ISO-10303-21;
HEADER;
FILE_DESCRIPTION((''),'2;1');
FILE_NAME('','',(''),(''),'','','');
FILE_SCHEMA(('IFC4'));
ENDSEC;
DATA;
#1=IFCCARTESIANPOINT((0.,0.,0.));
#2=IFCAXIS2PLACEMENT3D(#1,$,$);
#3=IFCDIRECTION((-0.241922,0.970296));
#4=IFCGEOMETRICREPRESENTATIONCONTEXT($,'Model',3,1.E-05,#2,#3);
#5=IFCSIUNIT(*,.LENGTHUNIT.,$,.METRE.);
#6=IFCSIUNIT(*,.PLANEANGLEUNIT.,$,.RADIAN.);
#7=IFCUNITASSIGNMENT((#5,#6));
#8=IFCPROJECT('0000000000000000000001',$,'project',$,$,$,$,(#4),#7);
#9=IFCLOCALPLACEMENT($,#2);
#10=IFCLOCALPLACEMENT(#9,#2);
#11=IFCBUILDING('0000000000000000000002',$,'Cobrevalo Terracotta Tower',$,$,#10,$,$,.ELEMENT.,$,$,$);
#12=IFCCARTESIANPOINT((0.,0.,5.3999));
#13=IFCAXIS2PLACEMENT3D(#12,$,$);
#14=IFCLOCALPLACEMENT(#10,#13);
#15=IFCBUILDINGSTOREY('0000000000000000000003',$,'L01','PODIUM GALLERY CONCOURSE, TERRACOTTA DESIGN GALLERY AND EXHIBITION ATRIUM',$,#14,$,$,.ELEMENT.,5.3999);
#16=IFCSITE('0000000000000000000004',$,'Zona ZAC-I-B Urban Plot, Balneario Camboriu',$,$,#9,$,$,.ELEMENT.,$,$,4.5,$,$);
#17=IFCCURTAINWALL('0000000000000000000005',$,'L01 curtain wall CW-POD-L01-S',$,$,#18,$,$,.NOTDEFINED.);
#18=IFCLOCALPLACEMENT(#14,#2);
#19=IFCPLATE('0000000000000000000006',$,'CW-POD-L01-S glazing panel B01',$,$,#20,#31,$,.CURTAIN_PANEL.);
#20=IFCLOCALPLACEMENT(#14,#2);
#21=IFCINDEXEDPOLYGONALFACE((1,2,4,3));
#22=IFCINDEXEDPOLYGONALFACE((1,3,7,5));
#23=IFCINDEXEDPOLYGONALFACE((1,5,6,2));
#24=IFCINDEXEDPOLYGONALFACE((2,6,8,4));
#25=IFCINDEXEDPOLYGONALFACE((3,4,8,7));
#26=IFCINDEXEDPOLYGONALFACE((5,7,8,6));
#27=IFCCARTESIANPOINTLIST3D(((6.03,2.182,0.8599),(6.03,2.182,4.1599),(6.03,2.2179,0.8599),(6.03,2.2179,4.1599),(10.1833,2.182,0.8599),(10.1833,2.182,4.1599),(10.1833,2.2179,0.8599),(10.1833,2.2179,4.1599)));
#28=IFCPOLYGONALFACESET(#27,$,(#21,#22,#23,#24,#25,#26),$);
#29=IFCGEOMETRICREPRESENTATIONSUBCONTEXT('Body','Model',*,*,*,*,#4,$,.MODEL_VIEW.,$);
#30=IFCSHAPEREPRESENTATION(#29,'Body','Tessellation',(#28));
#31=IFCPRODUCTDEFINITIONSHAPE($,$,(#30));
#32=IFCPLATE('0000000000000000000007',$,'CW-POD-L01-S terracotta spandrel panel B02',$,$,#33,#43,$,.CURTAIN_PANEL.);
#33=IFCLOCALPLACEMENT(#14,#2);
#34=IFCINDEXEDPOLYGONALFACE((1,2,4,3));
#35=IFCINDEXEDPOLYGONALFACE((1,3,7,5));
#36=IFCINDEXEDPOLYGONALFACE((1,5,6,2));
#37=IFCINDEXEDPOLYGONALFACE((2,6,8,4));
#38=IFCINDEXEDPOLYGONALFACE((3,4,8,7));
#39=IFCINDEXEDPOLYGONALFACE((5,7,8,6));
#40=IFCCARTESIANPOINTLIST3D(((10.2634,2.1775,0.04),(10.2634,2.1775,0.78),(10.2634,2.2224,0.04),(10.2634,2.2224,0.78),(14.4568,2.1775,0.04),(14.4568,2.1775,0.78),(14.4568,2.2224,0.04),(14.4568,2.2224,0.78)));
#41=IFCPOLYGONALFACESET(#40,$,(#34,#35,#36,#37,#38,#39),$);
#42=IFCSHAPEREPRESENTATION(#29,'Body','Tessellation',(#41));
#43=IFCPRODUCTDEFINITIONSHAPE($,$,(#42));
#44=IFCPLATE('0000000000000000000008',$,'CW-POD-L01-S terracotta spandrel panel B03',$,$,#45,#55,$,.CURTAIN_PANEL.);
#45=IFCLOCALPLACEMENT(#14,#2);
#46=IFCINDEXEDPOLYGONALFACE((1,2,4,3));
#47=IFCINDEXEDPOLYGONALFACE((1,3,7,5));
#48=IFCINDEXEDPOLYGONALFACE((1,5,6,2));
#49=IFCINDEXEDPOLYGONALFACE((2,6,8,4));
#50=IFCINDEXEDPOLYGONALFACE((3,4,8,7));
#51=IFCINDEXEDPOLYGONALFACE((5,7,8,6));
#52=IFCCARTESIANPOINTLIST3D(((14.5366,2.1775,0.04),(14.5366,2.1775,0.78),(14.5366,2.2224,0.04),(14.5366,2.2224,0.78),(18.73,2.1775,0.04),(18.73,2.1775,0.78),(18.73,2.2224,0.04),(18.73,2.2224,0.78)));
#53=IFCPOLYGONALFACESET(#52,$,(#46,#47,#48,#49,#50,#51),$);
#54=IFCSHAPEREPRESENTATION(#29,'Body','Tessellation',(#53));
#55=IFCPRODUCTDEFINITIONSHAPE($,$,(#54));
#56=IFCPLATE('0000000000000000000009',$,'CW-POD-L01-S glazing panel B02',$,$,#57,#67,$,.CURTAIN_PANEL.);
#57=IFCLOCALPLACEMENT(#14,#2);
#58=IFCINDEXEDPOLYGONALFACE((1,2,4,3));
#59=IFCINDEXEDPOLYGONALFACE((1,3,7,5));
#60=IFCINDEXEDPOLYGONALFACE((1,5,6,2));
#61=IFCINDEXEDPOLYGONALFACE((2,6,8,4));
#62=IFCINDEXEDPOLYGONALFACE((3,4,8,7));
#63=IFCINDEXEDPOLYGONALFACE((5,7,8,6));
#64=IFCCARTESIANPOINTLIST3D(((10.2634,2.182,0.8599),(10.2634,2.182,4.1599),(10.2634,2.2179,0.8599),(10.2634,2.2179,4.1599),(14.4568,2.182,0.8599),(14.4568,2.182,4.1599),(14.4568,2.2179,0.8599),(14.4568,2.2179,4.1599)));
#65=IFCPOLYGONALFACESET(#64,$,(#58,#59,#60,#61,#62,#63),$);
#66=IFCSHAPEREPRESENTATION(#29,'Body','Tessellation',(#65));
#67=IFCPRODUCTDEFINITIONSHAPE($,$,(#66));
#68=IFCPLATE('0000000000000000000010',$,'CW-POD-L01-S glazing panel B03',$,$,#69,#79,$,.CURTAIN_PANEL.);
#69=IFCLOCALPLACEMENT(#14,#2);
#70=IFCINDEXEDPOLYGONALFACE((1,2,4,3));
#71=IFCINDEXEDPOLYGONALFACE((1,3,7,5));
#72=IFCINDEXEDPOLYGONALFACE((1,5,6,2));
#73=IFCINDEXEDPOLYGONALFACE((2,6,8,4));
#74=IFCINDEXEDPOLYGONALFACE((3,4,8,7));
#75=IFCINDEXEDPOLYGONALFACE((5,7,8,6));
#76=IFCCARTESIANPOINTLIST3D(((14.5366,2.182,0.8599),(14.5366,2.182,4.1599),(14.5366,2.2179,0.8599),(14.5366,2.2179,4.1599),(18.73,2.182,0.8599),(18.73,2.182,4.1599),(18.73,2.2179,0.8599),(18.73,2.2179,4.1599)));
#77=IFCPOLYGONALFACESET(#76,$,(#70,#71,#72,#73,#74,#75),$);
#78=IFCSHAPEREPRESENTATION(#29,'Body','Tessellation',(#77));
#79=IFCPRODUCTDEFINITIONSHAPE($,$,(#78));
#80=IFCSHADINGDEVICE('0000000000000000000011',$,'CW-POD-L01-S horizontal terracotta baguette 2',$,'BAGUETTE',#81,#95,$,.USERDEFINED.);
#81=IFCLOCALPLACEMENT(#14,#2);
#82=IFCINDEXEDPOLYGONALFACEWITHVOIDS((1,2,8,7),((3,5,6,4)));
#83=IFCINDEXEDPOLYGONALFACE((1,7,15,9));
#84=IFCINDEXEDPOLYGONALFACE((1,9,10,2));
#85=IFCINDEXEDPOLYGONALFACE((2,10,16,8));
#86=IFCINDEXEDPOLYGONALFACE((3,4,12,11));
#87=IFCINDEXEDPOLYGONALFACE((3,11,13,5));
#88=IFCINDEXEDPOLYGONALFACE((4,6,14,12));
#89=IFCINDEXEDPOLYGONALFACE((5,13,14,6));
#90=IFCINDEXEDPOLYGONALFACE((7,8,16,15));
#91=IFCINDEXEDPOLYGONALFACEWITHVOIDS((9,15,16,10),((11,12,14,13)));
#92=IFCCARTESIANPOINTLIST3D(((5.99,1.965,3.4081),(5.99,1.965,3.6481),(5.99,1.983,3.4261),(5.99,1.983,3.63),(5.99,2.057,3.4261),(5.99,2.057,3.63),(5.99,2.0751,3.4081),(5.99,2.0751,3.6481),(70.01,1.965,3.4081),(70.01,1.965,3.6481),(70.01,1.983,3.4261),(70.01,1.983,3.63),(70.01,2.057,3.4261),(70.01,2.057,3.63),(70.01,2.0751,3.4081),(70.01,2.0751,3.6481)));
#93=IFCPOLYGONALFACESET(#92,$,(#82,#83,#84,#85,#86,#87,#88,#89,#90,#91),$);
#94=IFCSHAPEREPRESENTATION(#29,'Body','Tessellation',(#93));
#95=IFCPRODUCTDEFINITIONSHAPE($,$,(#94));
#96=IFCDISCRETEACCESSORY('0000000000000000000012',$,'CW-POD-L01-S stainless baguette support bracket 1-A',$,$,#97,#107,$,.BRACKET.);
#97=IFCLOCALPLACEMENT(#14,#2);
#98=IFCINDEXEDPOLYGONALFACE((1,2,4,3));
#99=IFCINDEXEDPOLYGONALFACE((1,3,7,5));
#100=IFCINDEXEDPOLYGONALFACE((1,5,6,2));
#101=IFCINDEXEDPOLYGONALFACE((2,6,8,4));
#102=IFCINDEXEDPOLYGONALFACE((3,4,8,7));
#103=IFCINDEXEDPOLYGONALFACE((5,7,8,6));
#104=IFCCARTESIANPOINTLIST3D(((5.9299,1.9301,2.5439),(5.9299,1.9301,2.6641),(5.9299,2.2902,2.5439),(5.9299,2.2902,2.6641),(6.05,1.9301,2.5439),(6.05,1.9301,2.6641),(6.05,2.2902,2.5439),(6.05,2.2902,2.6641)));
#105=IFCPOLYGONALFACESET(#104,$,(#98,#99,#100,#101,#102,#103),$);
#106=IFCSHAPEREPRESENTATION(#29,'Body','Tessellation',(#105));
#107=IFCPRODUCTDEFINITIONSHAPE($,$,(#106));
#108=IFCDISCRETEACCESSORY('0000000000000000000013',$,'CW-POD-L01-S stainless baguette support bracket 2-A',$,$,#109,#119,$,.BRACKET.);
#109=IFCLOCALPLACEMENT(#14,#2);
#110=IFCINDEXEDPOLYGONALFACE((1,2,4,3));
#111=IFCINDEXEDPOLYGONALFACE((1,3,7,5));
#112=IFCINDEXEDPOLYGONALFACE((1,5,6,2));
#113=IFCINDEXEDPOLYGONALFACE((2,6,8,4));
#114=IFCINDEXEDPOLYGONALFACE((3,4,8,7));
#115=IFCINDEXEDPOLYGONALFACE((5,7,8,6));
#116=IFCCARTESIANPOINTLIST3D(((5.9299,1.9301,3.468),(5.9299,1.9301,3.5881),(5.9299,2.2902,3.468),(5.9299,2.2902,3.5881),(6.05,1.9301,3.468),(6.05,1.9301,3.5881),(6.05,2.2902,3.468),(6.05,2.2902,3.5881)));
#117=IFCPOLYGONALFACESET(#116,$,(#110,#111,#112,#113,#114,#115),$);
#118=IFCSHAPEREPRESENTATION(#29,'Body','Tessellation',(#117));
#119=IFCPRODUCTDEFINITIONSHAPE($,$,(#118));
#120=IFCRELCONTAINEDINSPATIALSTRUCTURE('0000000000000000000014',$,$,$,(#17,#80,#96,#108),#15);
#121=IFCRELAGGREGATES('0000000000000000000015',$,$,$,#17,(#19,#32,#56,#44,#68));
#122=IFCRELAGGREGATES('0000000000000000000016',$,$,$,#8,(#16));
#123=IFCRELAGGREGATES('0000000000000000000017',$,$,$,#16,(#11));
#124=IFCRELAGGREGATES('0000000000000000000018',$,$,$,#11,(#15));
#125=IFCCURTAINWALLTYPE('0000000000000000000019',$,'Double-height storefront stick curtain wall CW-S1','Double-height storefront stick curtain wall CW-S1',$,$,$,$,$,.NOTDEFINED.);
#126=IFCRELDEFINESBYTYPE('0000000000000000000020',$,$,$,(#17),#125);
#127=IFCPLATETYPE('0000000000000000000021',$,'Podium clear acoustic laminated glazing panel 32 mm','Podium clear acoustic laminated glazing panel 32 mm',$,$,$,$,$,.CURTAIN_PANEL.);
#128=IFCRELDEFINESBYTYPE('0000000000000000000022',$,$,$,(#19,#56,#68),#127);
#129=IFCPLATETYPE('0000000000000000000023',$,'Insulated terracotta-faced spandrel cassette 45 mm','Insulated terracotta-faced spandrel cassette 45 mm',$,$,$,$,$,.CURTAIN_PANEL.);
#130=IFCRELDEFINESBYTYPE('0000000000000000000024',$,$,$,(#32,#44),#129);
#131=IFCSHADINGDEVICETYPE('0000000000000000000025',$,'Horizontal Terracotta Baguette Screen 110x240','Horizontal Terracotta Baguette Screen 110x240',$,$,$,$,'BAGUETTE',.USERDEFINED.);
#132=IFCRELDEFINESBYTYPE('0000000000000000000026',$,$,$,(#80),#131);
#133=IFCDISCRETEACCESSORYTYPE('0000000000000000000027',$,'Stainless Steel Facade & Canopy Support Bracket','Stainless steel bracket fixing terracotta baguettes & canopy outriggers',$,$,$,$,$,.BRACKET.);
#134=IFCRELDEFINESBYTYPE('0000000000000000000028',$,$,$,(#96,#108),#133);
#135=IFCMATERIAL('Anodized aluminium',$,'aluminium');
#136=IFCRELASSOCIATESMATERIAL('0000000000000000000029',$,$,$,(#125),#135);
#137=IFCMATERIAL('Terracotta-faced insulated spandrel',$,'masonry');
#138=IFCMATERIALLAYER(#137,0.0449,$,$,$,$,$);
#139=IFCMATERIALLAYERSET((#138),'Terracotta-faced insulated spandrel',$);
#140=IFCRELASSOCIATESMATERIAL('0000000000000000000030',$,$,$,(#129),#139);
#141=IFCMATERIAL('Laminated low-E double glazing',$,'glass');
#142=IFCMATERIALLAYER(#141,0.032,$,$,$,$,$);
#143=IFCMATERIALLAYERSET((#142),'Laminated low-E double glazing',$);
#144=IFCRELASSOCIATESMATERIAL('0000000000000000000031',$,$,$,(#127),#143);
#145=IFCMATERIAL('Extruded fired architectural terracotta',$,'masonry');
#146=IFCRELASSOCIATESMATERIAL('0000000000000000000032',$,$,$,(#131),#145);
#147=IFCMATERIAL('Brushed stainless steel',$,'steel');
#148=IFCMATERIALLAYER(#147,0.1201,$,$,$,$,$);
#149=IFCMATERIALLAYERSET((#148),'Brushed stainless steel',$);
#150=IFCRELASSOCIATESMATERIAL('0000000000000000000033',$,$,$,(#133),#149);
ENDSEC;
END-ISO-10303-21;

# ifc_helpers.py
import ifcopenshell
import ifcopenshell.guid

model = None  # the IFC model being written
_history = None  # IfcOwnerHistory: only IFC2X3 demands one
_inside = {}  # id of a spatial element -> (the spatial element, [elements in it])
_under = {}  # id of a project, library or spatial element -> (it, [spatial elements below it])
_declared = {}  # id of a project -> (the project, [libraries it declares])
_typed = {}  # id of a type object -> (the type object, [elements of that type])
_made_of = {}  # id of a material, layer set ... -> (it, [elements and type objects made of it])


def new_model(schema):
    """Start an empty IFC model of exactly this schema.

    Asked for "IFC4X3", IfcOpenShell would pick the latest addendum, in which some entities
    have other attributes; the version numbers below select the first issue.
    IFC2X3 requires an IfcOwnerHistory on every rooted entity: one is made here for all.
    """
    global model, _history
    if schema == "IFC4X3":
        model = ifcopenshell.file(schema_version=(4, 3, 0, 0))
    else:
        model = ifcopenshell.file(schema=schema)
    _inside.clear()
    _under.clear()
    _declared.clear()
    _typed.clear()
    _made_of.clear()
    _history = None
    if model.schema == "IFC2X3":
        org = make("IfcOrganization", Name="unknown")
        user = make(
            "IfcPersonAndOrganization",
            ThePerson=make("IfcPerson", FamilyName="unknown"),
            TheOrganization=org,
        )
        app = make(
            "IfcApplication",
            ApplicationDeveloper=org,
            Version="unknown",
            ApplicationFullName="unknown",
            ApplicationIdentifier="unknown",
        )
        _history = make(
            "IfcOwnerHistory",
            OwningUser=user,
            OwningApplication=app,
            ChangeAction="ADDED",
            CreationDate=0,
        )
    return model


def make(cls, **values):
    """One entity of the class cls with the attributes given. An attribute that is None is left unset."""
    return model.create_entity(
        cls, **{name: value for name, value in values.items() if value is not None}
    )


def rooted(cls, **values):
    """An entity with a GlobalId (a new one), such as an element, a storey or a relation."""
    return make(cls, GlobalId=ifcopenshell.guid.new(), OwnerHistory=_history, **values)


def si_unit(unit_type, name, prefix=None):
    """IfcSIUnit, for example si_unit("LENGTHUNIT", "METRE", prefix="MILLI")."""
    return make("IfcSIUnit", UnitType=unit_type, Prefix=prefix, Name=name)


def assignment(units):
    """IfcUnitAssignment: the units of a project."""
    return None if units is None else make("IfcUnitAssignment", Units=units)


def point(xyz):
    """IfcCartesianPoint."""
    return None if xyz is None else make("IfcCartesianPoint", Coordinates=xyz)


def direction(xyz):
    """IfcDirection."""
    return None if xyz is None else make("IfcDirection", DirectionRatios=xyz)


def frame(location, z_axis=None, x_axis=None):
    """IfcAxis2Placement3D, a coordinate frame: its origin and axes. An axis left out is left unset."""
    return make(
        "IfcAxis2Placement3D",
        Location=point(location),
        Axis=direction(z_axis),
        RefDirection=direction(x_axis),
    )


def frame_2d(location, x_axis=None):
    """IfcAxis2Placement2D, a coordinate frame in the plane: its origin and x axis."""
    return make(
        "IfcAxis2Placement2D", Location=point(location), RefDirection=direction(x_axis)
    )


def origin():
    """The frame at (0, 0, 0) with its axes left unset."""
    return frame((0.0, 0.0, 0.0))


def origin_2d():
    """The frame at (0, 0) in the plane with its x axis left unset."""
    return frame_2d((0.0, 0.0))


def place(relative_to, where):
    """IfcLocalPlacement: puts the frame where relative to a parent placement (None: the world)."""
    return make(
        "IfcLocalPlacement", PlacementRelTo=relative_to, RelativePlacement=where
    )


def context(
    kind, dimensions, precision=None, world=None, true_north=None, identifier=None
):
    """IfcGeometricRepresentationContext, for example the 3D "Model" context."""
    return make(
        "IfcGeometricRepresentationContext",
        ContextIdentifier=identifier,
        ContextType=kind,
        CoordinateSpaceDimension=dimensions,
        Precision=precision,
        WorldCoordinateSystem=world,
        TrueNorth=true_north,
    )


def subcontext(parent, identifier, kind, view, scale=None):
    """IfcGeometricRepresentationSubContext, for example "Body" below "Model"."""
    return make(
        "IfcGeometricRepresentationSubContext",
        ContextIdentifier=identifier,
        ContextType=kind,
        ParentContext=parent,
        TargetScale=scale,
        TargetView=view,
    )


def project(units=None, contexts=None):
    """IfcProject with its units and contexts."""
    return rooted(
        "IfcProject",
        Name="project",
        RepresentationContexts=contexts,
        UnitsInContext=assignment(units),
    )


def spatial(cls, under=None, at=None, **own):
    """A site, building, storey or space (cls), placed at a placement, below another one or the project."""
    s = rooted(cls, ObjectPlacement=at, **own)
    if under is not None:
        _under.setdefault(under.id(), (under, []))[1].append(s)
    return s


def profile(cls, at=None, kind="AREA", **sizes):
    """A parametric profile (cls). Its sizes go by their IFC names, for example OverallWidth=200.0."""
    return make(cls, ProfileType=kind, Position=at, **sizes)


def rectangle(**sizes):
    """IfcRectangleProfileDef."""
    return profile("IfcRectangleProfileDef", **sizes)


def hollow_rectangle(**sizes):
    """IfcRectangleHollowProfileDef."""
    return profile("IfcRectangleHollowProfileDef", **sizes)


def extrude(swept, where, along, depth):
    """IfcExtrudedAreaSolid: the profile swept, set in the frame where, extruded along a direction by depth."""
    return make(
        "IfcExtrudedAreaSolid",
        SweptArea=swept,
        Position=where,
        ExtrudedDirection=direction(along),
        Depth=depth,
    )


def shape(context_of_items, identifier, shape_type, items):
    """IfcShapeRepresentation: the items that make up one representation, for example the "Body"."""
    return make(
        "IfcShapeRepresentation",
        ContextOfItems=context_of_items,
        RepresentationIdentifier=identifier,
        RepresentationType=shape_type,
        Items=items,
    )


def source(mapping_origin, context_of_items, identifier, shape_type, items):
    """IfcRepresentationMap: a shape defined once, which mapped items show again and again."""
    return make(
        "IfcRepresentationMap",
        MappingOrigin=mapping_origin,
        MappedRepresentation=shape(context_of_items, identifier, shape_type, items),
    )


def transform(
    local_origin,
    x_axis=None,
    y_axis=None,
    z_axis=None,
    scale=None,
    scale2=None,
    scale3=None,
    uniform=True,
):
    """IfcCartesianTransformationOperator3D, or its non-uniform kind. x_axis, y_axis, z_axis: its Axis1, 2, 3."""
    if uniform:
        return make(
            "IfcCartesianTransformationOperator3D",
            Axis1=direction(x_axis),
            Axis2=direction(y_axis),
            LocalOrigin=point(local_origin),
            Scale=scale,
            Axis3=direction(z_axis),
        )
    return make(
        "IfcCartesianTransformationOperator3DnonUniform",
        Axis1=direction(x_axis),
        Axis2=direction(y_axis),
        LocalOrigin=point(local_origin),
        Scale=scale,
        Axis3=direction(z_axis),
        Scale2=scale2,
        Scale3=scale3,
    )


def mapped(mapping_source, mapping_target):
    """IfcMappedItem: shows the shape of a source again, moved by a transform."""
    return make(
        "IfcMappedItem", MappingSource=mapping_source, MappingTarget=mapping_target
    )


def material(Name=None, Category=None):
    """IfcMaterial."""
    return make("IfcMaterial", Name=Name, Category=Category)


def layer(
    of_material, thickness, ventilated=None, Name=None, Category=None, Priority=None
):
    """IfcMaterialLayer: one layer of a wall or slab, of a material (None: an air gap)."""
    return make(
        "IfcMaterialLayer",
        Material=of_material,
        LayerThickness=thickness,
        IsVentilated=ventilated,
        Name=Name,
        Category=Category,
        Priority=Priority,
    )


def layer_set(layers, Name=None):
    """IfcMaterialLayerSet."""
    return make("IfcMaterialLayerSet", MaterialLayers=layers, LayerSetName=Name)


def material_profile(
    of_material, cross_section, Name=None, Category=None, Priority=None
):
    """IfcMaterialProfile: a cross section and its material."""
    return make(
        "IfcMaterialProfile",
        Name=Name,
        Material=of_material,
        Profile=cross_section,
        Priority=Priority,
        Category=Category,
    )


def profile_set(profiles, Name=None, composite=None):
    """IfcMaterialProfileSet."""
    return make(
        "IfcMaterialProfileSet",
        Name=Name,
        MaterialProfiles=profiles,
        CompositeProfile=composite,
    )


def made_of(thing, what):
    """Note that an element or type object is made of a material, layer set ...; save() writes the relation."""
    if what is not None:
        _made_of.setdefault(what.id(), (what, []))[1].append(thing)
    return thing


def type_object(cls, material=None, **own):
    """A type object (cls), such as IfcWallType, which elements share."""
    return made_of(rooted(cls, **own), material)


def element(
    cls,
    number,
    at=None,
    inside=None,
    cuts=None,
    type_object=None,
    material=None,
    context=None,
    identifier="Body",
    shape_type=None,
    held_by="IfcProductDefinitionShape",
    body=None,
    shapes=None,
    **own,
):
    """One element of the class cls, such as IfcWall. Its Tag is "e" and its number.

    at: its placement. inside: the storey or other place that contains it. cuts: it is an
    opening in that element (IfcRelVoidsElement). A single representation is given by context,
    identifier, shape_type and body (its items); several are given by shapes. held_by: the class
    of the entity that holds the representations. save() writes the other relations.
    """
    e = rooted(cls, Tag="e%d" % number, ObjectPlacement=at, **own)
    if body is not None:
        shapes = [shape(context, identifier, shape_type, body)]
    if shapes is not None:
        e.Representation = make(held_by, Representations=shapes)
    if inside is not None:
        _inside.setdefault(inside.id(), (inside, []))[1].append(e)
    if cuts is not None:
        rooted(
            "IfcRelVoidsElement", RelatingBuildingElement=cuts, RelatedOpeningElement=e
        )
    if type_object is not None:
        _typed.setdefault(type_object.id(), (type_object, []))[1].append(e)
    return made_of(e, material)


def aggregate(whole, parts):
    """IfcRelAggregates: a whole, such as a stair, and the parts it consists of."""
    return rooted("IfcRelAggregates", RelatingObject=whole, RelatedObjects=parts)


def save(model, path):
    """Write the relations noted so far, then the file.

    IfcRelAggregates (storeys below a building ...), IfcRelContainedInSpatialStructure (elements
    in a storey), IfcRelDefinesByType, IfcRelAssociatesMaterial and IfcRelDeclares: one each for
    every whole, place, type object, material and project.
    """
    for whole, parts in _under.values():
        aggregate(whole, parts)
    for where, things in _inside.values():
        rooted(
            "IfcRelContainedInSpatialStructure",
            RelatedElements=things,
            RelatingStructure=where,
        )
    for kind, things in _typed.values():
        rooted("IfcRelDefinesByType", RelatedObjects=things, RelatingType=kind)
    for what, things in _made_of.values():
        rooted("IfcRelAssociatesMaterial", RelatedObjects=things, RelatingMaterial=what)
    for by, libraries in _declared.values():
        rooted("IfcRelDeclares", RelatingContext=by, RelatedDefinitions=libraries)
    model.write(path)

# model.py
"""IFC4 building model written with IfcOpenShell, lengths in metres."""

from ifc_helpers import new_model, si_unit, direction, frame, origin, origin_2d, place, context, subcontext, project, spatial, rectangle, hollow_rectangle, extrude, source, transform, mapped, material, layer, layer_set, material_profile, profile_set, type_object, element, aggregate, save


model = new_model("IFC4")

# Units and contexts
model_context = context("Model", 3, precision=1e-05, world=origin(), true_north=direction((-0.241922, 0.970296)))
body_context = subcontext(model_context, "Body", "Model", "MODEL_VIEW")
ifc_project = project(units=[si_unit("LENGTHUNIT", "METRE"), si_unit("PLANEANGLEUNIT", "RADIAN")], contexts=[model_context])

# Site, building, storey
site_placement = place(None, origin())
site = spatial("IfcSite", under=ifc_project, at=site_placement, Name="Zona ZAC-I-B Urban Plot, Balneario Camboriu", CompositionType="ELEMENT", RefElevation=4.5)
building_placement = place(site_placement, origin())
building = spatial("IfcBuilding", under=site, at=building_placement, Name="Cobrevalo Terracotta Tower", CompositionType="ELEMENT")
storey_placement = place(building_placement, frame((0.0, 0.0, 5.3999)))
storey = spatial("IfcBuildingStorey", under=building, at=storey_placement, Name="L01", Description="PODIUM GALLERY CONCOURSE, TERRACOTTA DESIGN GALLERY AND EXHIBITION ATRIUM", CompositionType="ELEMENT", Elevation=5.3999)

# Curtain wall, plates
ifc_material_1 = material(Name="Anodized aluminium", Category="aluminium")
curtain_wall_type = type_object("IfcCurtainWallType", Name="Double-height storefront stick curtain wall CW-S1", Description="Double-height storefront stick curtain wall CW-S1", PredefinedType="NOTDEFINED", material=ifc_material_1)
curtain_wall_placement = place(storey_placement, origin())
curtain_wall = element("IfcCurtainWall", 1, at=curtain_wall_placement, inside=storey, type_object=curtain_wall_type, Name="L01 curtain wall CW-POD-L01-S", PredefinedType="NOTDEFINED")
ifc_material_2 = material(Name="Terracotta-faced insulated spandrel", Category="masonry")
ifc_layer_1 = layer(ifc_material_2, 0.0449)
ifc_layer_set_1 = layer_set([ifc_layer_1], Name="Terracotta-faced insulated spandrel")
plate_type_1 = type_object("IfcPlateType", Name="Insulated terracotta-faced spandrel cassette 45 mm", Description="Insulated terracotta-faced spandrel cassette 45 mm", PredefinedType="CURTAIN_PANEL", material=ifc_layer_set_1)
ifc_material_3 = material(Name="Laminated low-E double glazing", Category="glass")
ifc_layer_2 = layer(ifc_material_3, 0.032)
ifc_layer_set_2 = layer_set([ifc_layer_2], Name="Laminated low-E double glazing")
plate_type_2 = type_object("IfcPlateType", Name="Podium clear acoustic laminated glazing panel 32 mm", Description="Podium clear acoustic laminated glazing panel 32 mm", PredefinedType="CURTAIN_PANEL", material=ifc_layer_set_2)
shared_shape_1 = source(origin(), body_context, "Body", "SweptSolid", [
    extrude(rectangle(XDim=4.1533, YDim=0.0359, at=origin_2d()), origin(), (0.0, 0.0, 1.0), 3.3),
])
plate_1_placement = place(storey_placement, frame((8.1067, 2.2, 0.8599), z_axis=(0.0, 0.0, 1.0), x_axis=(1.0, 0.0, 0.0)))
plate_1 = element("IfcPlate", 2, at=plate_1_placement, type_object=plate_type_2, Name="CW-POD-L01-S glazing panel B01", PredefinedType="CURTAIN_PANEL", context=body_context, shape_type="MappedRepresentation", body=[
    mapped(shared_shape_1, transform((0.0, 0.0, 0.0), scale=1.0)),
])
shared_shape_2 = source(origin(), body_context, "Body", "SweptSolid", [
    extrude(rectangle(XDim=4.1934, YDim=0.0449, at=origin_2d()), origin(), (0.0, 0.0, 1.0), 0.74),
])
plate_2_placement = place(storey_placement, frame((12.3601, 2.2, 0.04), z_axis=(0.0, 0.0, 1.0), x_axis=(1.0, 0.0, 0.0)))
plate_2 = element("IfcPlate", 3, at=plate_2_placement, type_object=plate_type_1, Name="CW-POD-L01-S terracotta spandrel panel B02", PredefinedType="CURTAIN_PANEL", context=body_context, shape_type="MappedRepresentation", body=[
    mapped(shared_shape_2, transform((0.0, 0.0, 0.0), scale=1.0)),
])
plate_3_placement = place(storey_placement, frame((16.6333, 2.2, 0.04), z_axis=(0.0, 0.0, 1.0), x_axis=(1.0, 0.0, 0.0)))
plate_3 = element("IfcPlate", 4, at=plate_3_placement, type_object=plate_type_1, Name="CW-POD-L01-S terracotta spandrel panel B03", PredefinedType="CURTAIN_PANEL", context=body_context, shape_type="MappedRepresentation", body=[
    mapped(shared_shape_2, transform((0.0, 0.0, 0.0), scale=1.0)),
])
shared_shape_3 = source(origin(), body_context, "Body", "SweptSolid", [
    extrude(rectangle(XDim=4.1934, YDim=0.0359, at=origin_2d()), origin(), (0.0, 0.0, 1.0), 3.3),
])
plate_4_placement = place(storey_placement, frame((12.3601, 2.2, 0.8599), z_axis=(0.0, 0.0, 1.0), x_axis=(1.0, 0.0, 0.0)))
plate_4 = element("IfcPlate", 5, at=plate_4_placement, type_object=plate_type_2, Name="CW-POD-L01-S glazing panel B02", PredefinedType="CURTAIN_PANEL", context=body_context, shape_type="MappedRepresentation", body=[
    mapped(shared_shape_3, transform((0.0, 0.0, 0.0), scale=1.0)),
])
plate_5_placement = place(storey_placement, frame((16.6333, 2.2, 0.8599), z_axis=(0.0, 0.0, 1.0), x_axis=(1.0, 0.0, 0.0)))
plate_5 = element("IfcPlate", 6, at=plate_5_placement, type_object=plate_type_2, Name="CW-POD-L01-S glazing panel B03", PredefinedType="CURTAIN_PANEL", context=body_context, shape_type="MappedRepresentation", body=[
    mapped(shared_shape_3, transform((0.0, 0.0, 0.0), scale=1.0)),
])
aggregate(curtain_wall, [plate_1, plate_2, plate_4, plate_3, plate_5])

# Shading device
ifc_material_4 = material(Name="Extruded fired architectural terracotta", Category="masonry")
ifc_material_profile_1 = material_profile(ifc_material_4, hollow_rectangle(XDim=0.1101, YDim=0.24, WallThickness=0.0181, at=origin_2d()), Name="BAGUETTE 110x240")
ifc_profile_set_1 = profile_set([ifc_material_profile_1], Name="Extruded fired architectural terracotta")
shading_device_type = type_object("IfcShadingDeviceType", Name="Horizontal Terracotta Baguette Screen 110x240", Description="Horizontal Terracotta Baguette Screen 110x240", ElementType="BAGUETTE", PredefinedType="USERDEFINED", material=ifc_profile_set_1)
shared_shape_4 = source(origin(), body_context, "Body", "SweptSolid", [
    extrude(hollow_rectangle(XDim=0.1101, YDim=0.24, WallThickness=0.0181, at=origin_2d()), origin(), (0.0, 0.0, 1.0), 64.02),
])
shading_device_placement = place(storey_placement, frame((5.99, 2.02, 3.5281), z_axis=(1.0, 0.0, 0.0), x_axis=(0.0, 1.0, 0.0)))
element("IfcShadingDevice", 7, at=shading_device_placement, inside=storey, type_object=shading_device_type, Name="CW-POD-L01-S horizontal terracotta baguette 2", ObjectType="BAGUETTE", PredefinedType="USERDEFINED", context=body_context, shape_type="MappedRepresentation", body=[
    mapped(shared_shape_4, transform((0.0, 0.0, 0.0), scale=1.0)),
])

# Discrete accessories
ifc_material_5 = material(Name="Brushed stainless steel", Category="steel")
ifc_layer_3 = layer(ifc_material_5, 0.1201)
ifc_layer_set_3 = layer_set([ifc_layer_3], Name="Brushed stainless steel")
discrete_accessory_type = type_object("IfcDiscreteAccessoryType", Name="Stainless Steel Facade & Canopy Support Bracket", Description="Stainless steel bracket fixing terracotta baguettes & canopy outriggers", PredefinedType="BRACKET", material=ifc_layer_set_3)
shared_shape_5 = source(origin(), body_context, "Body", "SweptSolid", [
    extrude(rectangle(XDim=0.1201, YDim=0.3601, at=origin_2d()), origin(), (0.0, 0.0, 1.0), 0.1201),
])
for number, where, z_axis, x_axis, name in (
    (8, (5.99, 2.1101, 2.5439), (0.0, 0.0, 1.0), (1.0, 0.0, 0.0), "CW-POD-L01-S stainless baguette support bracket 1-A"),
    (9, (5.99, 2.1101, 3.468), (0.0, 0.0, 1.0), (1.0, 0.0, 0.0), "CW-POD-L01-S stainless baguette support bracket 2-A"),
):
    element("IfcDiscreteAccessory", number, at=place(storey_placement, frame(where, z_axis=z_axis, x_axis=x_axis)), inside=storey, type_object=discrete_accessory_type, Name=name, PredefinedType="BRACKET", context=body_context, shape_type="MappedRepresentation", body=[
        mapped(shared_shape_5, transform((0.0, 0.0, 0.0), scale=1.0)),
    ])

save(model, "model.ifc")
